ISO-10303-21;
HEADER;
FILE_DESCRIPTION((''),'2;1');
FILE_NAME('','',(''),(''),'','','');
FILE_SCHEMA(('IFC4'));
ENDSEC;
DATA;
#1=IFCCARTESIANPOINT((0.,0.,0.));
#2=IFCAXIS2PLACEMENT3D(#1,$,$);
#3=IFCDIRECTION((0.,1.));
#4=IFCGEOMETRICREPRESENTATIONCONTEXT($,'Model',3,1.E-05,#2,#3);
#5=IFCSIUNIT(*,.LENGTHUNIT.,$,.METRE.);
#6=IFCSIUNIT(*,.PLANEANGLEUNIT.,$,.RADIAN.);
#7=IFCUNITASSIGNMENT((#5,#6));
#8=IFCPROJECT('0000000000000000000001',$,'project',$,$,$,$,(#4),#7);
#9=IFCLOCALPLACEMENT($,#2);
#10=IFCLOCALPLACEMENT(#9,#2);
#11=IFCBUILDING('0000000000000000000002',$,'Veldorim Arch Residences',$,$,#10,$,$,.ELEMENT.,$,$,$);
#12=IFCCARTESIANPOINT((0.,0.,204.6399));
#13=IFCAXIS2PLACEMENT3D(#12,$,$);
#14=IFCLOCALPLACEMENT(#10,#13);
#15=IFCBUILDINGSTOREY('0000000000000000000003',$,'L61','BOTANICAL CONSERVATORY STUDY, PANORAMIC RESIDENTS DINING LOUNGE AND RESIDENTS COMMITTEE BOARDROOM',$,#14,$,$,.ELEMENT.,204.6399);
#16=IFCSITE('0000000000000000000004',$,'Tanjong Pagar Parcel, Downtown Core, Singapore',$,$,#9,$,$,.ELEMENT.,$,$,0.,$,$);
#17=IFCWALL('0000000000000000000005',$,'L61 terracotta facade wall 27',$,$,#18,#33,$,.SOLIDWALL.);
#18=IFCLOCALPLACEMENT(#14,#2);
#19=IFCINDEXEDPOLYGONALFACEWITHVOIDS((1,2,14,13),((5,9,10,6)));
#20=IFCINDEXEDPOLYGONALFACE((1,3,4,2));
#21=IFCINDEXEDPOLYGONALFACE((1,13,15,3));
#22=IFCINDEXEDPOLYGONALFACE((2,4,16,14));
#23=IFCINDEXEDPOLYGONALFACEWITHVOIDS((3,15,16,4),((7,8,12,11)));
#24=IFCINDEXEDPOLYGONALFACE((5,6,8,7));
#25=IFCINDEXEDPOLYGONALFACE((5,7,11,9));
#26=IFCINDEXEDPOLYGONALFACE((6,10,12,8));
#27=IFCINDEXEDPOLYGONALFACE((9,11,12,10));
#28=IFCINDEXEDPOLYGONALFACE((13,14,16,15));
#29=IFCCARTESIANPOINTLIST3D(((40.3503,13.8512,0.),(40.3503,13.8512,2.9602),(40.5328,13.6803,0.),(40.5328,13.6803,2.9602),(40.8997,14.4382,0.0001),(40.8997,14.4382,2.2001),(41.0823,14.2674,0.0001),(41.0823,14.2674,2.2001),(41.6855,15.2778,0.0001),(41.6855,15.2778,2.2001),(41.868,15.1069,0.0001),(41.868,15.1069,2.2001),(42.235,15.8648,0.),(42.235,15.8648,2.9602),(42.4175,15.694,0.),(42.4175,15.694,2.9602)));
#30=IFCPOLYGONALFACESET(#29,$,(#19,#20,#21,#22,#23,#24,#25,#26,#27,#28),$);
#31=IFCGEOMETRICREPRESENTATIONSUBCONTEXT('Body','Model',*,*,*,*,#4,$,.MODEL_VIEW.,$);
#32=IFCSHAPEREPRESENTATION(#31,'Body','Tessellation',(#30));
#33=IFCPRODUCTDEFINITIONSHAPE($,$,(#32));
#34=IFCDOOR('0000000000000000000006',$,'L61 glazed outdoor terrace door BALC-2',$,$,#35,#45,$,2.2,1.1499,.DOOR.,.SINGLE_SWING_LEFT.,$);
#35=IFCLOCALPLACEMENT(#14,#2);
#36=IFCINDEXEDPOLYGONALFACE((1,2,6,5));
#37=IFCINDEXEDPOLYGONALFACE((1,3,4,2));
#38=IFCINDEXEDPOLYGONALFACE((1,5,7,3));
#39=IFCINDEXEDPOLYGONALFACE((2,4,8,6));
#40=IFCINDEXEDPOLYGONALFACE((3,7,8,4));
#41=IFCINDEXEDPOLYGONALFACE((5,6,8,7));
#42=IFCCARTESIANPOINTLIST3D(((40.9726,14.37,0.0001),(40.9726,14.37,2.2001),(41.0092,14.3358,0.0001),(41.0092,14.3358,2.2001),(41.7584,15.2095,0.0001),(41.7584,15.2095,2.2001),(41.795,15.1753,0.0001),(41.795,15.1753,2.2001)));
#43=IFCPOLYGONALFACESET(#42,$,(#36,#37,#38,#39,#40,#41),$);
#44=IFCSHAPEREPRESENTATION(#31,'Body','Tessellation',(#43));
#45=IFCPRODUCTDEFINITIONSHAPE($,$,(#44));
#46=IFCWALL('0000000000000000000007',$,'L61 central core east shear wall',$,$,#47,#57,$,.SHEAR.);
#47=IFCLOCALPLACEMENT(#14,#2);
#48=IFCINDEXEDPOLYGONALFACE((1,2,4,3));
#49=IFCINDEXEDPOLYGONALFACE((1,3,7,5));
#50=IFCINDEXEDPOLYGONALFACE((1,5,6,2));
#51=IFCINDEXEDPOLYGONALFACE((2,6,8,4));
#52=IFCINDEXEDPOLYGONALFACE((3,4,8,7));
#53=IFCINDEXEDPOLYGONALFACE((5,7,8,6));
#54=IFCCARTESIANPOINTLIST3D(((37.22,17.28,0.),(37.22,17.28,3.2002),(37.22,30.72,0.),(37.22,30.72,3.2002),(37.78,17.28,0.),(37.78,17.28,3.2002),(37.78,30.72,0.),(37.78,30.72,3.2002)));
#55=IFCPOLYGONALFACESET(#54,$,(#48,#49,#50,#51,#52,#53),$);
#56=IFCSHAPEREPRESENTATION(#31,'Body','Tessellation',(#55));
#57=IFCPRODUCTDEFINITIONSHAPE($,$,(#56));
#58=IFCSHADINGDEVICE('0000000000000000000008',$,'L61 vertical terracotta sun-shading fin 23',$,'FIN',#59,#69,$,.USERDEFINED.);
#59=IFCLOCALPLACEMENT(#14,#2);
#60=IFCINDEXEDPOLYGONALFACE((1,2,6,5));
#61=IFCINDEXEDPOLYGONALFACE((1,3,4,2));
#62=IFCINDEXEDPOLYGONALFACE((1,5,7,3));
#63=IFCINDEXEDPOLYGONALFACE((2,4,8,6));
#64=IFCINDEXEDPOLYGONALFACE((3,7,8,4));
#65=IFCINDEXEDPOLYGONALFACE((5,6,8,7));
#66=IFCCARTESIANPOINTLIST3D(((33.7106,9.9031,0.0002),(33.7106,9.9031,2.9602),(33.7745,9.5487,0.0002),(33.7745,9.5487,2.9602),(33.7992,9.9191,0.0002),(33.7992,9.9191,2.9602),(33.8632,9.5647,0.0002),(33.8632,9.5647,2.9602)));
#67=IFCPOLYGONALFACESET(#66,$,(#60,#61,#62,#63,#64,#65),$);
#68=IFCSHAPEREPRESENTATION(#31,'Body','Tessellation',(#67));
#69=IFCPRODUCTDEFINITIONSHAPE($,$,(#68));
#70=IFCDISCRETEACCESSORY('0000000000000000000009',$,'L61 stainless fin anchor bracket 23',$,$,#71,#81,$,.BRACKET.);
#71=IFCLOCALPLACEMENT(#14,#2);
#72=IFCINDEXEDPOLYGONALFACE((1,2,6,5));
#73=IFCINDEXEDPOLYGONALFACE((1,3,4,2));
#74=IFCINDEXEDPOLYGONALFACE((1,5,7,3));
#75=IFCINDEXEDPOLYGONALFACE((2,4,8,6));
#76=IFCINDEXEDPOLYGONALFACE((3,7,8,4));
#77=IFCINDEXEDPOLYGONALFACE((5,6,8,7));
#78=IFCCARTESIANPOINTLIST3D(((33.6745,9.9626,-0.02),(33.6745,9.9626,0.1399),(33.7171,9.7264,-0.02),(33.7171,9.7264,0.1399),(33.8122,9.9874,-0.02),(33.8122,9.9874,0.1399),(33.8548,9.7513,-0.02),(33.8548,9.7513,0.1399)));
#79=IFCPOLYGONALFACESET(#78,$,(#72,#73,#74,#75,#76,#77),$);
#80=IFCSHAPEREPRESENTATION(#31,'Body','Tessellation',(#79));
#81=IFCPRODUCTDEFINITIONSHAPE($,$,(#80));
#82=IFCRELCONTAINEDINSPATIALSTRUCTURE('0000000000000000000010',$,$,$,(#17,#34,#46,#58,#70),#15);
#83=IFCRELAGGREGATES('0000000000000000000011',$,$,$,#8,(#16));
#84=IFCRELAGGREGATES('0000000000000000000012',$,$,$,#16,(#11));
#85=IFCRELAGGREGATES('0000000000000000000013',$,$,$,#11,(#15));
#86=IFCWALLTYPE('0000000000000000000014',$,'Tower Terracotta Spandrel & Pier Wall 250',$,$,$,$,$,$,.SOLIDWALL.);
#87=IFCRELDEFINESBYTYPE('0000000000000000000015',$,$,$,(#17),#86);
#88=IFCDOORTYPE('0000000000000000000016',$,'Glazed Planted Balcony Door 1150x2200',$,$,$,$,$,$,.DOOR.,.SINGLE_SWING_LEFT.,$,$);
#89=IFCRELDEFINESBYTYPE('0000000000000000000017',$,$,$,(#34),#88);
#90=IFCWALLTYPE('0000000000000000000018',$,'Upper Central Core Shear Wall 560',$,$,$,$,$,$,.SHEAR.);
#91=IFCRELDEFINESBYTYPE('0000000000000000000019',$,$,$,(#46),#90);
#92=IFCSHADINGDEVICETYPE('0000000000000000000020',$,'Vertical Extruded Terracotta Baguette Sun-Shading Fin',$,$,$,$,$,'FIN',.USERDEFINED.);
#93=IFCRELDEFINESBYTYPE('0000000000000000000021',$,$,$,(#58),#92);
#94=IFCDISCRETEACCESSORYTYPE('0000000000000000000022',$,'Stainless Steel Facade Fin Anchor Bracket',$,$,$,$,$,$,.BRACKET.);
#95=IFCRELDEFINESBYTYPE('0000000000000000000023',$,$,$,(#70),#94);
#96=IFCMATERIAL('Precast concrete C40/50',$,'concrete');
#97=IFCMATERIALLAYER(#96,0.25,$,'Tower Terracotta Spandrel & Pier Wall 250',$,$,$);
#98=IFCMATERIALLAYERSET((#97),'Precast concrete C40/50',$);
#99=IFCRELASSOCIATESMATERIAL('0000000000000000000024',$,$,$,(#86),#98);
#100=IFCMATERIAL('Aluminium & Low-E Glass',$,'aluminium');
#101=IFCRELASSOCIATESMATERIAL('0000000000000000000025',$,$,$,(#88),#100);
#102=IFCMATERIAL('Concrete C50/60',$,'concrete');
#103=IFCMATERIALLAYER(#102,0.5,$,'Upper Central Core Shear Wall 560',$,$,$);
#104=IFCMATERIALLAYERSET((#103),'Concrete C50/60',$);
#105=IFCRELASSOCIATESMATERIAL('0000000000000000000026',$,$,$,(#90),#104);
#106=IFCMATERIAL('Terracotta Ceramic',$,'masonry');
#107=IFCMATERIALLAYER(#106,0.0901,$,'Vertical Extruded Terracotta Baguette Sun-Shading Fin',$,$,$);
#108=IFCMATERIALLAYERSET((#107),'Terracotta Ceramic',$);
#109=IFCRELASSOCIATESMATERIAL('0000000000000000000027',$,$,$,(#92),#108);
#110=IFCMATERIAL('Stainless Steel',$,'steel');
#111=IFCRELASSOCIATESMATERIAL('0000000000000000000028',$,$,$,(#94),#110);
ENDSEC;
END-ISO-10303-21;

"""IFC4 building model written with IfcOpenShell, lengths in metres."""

from ifc_helpers import new_model, si_unit, direction, frame, frame_2d, origin, origin_2d, place, context, subcontext, project, spatial, rectangle, extrude, material, layer, layer_set, type_object, element, fill, save


model = new_model("IFC4")

# Units and contexts
model_context = context("Model", 3, precision=1e-05, world=origin(), true_north=direction((0.0, 1.0)))
body_context = subcontext(model_context, "Body", "Model", "MODEL_VIEW")
ifc_project = project(units=[si_unit("LENGTHUNIT", "METRE"), si_unit("PLANEANGLEUNIT", "RADIAN")], contexts=[model_context])

# Site, building, storey
site_placement = place(None, origin())
site = spatial("IfcSite", under=ifc_project, at=site_placement, Name="Tanjong Pagar Parcel, Downtown Core, Singapore", CompositionType="ELEMENT", RefElevation=0.0)
building_placement = place(site_placement, origin())
building = spatial("IfcBuilding", under=site, at=building_placement, Name="Veldorim Arch Residences", CompositionType="ELEMENT")
storey_placement = place(building_placement, frame((0.0, 0.0, 204.6399)))
storey = spatial("IfcBuildingStorey", under=building, at=storey_placement, Name="L61", Description="BOTANICAL CONSERVATORY STUDY, PANORAMIC RESIDENTS DINING LOUNGE AND RESIDENTS COMMITTEE BOARDROOM", CompositionType="ELEMENT", Elevation=204.6399)

# Shared definitions
ifc_material_1 = material(Name="Precast concrete C40/50", Category="concrete")
ifc_layer_1 = layer(ifc_material_1, 0.25, Name="Tower Terracotta Spandrel & Pier Wall 250")
ifc_layer_set_1 = layer_set([ifc_layer_1], Name="Precast concrete C40/50")
wall_type_1 = type_object("IfcWallType", Name="Tower Terracotta Spandrel & Pier Wall 250", PredefinedType="SOLIDWALL", material=ifc_layer_set_1)

# Wall, opening, door
wall_1_placement = place(storey_placement, frame((42.3262, 15.7793, 0.0), z_axis=(0.0, 0.0, 1.0), x_axis=(-0.683352, -0.730089, 0.0)))
wall_1 = element("IfcWall", 1, at=wall_1_placement, inside=storey, type_object=wall_type_1, Name="L61 terracotta facade wall 27", PredefinedType="SOLIDWALL", context=body_context, shape_type="SweptSolid", body=[
    extrude(rectangle(XDim=2.7581, YDim=0.25, at=frame_2d((1.3789, 0.0))), origin(), (0.0, 0.0, 1.0), 2.9602),
])
opening_1_placement = place(wall_1_placement, frame((0.804, 0.0, 0.0)))
opening_1 = element("IfcOpeningElement", 2, at=opening_1_placement, cuts=wall_1, PredefinedType="OPENING", context=body_context, shape_type="SweptSolid", body=[
    extrude(rectangle(XDim=1.1499, YDim=2.2, at=frame_2d((0.575, 1.1001))), frame((0.0, 0.135, 0.0), z_axis=(0.0, -1.0, 0.0), x_axis=(1.0, 0.0, 0.0)), (0.0, 0.0, 1.0), 0.27),
])
ifc_material_2 = material(Name="Aluminium & Low-E Glass", Category="aluminium")
door_type = type_object("IfcDoorType", Name="Glazed Planted Balcony Door 1150x2200", OperationType="SINGLE_SWING_LEFT", PredefinedType="DOOR", material=ifc_material_2)
door_placement = place(opening_1_placement, origin())
door = element("IfcDoor", 3, at=door_placement, inside=storey, type_object=door_type, Name="L61 glazed outdoor terrace door BALC-2", OperationType="SINGLE_SWING_LEFT", OverallHeight=2.2, OverallWidth=1.1499, PredefinedType="DOOR", context=body_context, shape_type="SweptSolid", body=[
    extrude(rectangle(XDim=1.1499, YDim=2.2, at=frame_2d((0.575, 1.1001))), frame((0.0, 0.0249, 0.0), z_axis=(0.0, -1.0, 0.0), x_axis=(1.0, 0.0, 0.0)), (0.0, 0.0, 1.0), 0.05),
])
fill(opening_1, door)

# Wall
ifc_material_3 = material(Name="Concrete C50/60", Category="concrete")
ifc_layer_2 = layer(ifc_material_3, 0.5, Name="Upper Central Core Shear Wall 560")
ifc_layer_set_2 = layer_set([ifc_layer_2], Name="Concrete C50/60")
wall_type_2 = type_object("IfcWallType", Name="Upper Central Core Shear Wall 560", PredefinedType="SHEAR", material=ifc_layer_set_2)
wall_2_placement = place(storey_placement, frame((37.5, 17.28, 0.0), z_axis=(0.0, 0.0, 1.0), x_axis=(0.0, 1.0, 0.0)))
element("IfcWall", 4, at=wall_2_placement, inside=storey, type_object=wall_type_2, Name="L61 central core east shear wall", PredefinedType="SHEAR", context=body_context, shape_type="SweptSolid", body=[
    extrude(rectangle(XDim=13.4399, YDim=0.5601, at=frame_2d((6.72, 0.0))), origin(), (0.0, 0.0, 1.0), 3.2002),
])

# Shading device
ifc_material_4 = material(Name="Terracotta Ceramic", Category="masonry")
ifc_layer_3 = layer(ifc_material_4, 0.0901, Name="Vertical Extruded Terracotta Baguette Sun-Shading Fin")
ifc_layer_set_3 = layer_set([ifc_layer_3], Name="Terracotta Ceramic")
shading_device_type = type_object("IfcShadingDeviceType", Name="Vertical Extruded Terracotta Baguette Sun-Shading Fin", ElementType="FIN", PredefinedType="USERDEFINED", material=ifc_layer_set_3)
shading_device_placement = place(storey_placement, frame((33.7869, 9.7339, 0.0002), z_axis=(0.0, 0.0, 1.0), x_axis=(-0.984103, -0.1776, 0.0)))
element("IfcShadingDevice", 5, at=shading_device_placement, inside=storey, type_object=shading_device_type, Name="L61 vertical terracotta sun-shading fin 23", ObjectType="FIN", PredefinedType="USERDEFINED", context=body_context, shape_type="SweptSolid", body=[
    extrude(rectangle(XDim=0.0901, YDim=0.3601, at=origin_2d()), origin(), (0.0, 0.0, 1.0), 2.96),
])

# Discrete accessory
ifc_material_5 = material(Name="Stainless Steel", Category="steel")
discrete_accessory_type = type_object("IfcDiscreteAccessoryType", Name="Stainless Steel Facade Fin Anchor Bracket", PredefinedType="BRACKET", material=ifc_material_5)
discrete_accessory_placement = place(storey_placement, frame((33.7646, 9.8569, -0.02), z_axis=(0.0, 0.0, 1.0), x_axis=(-0.984103, -0.1776, 0.0)))
element("IfcDiscreteAccessory", 6, at=discrete_accessory_placement, inside=storey, type_object=discrete_accessory_type, Name="L61 stainless fin anchor bracket 23", PredefinedType="BRACKET", context=body_context, shape_type="SweptSolid", body=[
    extrude(rectangle(XDim=0.1399, YDim=0.24, at=origin_2d()), origin(), (0.0, 0.0, 1.0), 0.1599),
])

save(model, "model.ifc")
